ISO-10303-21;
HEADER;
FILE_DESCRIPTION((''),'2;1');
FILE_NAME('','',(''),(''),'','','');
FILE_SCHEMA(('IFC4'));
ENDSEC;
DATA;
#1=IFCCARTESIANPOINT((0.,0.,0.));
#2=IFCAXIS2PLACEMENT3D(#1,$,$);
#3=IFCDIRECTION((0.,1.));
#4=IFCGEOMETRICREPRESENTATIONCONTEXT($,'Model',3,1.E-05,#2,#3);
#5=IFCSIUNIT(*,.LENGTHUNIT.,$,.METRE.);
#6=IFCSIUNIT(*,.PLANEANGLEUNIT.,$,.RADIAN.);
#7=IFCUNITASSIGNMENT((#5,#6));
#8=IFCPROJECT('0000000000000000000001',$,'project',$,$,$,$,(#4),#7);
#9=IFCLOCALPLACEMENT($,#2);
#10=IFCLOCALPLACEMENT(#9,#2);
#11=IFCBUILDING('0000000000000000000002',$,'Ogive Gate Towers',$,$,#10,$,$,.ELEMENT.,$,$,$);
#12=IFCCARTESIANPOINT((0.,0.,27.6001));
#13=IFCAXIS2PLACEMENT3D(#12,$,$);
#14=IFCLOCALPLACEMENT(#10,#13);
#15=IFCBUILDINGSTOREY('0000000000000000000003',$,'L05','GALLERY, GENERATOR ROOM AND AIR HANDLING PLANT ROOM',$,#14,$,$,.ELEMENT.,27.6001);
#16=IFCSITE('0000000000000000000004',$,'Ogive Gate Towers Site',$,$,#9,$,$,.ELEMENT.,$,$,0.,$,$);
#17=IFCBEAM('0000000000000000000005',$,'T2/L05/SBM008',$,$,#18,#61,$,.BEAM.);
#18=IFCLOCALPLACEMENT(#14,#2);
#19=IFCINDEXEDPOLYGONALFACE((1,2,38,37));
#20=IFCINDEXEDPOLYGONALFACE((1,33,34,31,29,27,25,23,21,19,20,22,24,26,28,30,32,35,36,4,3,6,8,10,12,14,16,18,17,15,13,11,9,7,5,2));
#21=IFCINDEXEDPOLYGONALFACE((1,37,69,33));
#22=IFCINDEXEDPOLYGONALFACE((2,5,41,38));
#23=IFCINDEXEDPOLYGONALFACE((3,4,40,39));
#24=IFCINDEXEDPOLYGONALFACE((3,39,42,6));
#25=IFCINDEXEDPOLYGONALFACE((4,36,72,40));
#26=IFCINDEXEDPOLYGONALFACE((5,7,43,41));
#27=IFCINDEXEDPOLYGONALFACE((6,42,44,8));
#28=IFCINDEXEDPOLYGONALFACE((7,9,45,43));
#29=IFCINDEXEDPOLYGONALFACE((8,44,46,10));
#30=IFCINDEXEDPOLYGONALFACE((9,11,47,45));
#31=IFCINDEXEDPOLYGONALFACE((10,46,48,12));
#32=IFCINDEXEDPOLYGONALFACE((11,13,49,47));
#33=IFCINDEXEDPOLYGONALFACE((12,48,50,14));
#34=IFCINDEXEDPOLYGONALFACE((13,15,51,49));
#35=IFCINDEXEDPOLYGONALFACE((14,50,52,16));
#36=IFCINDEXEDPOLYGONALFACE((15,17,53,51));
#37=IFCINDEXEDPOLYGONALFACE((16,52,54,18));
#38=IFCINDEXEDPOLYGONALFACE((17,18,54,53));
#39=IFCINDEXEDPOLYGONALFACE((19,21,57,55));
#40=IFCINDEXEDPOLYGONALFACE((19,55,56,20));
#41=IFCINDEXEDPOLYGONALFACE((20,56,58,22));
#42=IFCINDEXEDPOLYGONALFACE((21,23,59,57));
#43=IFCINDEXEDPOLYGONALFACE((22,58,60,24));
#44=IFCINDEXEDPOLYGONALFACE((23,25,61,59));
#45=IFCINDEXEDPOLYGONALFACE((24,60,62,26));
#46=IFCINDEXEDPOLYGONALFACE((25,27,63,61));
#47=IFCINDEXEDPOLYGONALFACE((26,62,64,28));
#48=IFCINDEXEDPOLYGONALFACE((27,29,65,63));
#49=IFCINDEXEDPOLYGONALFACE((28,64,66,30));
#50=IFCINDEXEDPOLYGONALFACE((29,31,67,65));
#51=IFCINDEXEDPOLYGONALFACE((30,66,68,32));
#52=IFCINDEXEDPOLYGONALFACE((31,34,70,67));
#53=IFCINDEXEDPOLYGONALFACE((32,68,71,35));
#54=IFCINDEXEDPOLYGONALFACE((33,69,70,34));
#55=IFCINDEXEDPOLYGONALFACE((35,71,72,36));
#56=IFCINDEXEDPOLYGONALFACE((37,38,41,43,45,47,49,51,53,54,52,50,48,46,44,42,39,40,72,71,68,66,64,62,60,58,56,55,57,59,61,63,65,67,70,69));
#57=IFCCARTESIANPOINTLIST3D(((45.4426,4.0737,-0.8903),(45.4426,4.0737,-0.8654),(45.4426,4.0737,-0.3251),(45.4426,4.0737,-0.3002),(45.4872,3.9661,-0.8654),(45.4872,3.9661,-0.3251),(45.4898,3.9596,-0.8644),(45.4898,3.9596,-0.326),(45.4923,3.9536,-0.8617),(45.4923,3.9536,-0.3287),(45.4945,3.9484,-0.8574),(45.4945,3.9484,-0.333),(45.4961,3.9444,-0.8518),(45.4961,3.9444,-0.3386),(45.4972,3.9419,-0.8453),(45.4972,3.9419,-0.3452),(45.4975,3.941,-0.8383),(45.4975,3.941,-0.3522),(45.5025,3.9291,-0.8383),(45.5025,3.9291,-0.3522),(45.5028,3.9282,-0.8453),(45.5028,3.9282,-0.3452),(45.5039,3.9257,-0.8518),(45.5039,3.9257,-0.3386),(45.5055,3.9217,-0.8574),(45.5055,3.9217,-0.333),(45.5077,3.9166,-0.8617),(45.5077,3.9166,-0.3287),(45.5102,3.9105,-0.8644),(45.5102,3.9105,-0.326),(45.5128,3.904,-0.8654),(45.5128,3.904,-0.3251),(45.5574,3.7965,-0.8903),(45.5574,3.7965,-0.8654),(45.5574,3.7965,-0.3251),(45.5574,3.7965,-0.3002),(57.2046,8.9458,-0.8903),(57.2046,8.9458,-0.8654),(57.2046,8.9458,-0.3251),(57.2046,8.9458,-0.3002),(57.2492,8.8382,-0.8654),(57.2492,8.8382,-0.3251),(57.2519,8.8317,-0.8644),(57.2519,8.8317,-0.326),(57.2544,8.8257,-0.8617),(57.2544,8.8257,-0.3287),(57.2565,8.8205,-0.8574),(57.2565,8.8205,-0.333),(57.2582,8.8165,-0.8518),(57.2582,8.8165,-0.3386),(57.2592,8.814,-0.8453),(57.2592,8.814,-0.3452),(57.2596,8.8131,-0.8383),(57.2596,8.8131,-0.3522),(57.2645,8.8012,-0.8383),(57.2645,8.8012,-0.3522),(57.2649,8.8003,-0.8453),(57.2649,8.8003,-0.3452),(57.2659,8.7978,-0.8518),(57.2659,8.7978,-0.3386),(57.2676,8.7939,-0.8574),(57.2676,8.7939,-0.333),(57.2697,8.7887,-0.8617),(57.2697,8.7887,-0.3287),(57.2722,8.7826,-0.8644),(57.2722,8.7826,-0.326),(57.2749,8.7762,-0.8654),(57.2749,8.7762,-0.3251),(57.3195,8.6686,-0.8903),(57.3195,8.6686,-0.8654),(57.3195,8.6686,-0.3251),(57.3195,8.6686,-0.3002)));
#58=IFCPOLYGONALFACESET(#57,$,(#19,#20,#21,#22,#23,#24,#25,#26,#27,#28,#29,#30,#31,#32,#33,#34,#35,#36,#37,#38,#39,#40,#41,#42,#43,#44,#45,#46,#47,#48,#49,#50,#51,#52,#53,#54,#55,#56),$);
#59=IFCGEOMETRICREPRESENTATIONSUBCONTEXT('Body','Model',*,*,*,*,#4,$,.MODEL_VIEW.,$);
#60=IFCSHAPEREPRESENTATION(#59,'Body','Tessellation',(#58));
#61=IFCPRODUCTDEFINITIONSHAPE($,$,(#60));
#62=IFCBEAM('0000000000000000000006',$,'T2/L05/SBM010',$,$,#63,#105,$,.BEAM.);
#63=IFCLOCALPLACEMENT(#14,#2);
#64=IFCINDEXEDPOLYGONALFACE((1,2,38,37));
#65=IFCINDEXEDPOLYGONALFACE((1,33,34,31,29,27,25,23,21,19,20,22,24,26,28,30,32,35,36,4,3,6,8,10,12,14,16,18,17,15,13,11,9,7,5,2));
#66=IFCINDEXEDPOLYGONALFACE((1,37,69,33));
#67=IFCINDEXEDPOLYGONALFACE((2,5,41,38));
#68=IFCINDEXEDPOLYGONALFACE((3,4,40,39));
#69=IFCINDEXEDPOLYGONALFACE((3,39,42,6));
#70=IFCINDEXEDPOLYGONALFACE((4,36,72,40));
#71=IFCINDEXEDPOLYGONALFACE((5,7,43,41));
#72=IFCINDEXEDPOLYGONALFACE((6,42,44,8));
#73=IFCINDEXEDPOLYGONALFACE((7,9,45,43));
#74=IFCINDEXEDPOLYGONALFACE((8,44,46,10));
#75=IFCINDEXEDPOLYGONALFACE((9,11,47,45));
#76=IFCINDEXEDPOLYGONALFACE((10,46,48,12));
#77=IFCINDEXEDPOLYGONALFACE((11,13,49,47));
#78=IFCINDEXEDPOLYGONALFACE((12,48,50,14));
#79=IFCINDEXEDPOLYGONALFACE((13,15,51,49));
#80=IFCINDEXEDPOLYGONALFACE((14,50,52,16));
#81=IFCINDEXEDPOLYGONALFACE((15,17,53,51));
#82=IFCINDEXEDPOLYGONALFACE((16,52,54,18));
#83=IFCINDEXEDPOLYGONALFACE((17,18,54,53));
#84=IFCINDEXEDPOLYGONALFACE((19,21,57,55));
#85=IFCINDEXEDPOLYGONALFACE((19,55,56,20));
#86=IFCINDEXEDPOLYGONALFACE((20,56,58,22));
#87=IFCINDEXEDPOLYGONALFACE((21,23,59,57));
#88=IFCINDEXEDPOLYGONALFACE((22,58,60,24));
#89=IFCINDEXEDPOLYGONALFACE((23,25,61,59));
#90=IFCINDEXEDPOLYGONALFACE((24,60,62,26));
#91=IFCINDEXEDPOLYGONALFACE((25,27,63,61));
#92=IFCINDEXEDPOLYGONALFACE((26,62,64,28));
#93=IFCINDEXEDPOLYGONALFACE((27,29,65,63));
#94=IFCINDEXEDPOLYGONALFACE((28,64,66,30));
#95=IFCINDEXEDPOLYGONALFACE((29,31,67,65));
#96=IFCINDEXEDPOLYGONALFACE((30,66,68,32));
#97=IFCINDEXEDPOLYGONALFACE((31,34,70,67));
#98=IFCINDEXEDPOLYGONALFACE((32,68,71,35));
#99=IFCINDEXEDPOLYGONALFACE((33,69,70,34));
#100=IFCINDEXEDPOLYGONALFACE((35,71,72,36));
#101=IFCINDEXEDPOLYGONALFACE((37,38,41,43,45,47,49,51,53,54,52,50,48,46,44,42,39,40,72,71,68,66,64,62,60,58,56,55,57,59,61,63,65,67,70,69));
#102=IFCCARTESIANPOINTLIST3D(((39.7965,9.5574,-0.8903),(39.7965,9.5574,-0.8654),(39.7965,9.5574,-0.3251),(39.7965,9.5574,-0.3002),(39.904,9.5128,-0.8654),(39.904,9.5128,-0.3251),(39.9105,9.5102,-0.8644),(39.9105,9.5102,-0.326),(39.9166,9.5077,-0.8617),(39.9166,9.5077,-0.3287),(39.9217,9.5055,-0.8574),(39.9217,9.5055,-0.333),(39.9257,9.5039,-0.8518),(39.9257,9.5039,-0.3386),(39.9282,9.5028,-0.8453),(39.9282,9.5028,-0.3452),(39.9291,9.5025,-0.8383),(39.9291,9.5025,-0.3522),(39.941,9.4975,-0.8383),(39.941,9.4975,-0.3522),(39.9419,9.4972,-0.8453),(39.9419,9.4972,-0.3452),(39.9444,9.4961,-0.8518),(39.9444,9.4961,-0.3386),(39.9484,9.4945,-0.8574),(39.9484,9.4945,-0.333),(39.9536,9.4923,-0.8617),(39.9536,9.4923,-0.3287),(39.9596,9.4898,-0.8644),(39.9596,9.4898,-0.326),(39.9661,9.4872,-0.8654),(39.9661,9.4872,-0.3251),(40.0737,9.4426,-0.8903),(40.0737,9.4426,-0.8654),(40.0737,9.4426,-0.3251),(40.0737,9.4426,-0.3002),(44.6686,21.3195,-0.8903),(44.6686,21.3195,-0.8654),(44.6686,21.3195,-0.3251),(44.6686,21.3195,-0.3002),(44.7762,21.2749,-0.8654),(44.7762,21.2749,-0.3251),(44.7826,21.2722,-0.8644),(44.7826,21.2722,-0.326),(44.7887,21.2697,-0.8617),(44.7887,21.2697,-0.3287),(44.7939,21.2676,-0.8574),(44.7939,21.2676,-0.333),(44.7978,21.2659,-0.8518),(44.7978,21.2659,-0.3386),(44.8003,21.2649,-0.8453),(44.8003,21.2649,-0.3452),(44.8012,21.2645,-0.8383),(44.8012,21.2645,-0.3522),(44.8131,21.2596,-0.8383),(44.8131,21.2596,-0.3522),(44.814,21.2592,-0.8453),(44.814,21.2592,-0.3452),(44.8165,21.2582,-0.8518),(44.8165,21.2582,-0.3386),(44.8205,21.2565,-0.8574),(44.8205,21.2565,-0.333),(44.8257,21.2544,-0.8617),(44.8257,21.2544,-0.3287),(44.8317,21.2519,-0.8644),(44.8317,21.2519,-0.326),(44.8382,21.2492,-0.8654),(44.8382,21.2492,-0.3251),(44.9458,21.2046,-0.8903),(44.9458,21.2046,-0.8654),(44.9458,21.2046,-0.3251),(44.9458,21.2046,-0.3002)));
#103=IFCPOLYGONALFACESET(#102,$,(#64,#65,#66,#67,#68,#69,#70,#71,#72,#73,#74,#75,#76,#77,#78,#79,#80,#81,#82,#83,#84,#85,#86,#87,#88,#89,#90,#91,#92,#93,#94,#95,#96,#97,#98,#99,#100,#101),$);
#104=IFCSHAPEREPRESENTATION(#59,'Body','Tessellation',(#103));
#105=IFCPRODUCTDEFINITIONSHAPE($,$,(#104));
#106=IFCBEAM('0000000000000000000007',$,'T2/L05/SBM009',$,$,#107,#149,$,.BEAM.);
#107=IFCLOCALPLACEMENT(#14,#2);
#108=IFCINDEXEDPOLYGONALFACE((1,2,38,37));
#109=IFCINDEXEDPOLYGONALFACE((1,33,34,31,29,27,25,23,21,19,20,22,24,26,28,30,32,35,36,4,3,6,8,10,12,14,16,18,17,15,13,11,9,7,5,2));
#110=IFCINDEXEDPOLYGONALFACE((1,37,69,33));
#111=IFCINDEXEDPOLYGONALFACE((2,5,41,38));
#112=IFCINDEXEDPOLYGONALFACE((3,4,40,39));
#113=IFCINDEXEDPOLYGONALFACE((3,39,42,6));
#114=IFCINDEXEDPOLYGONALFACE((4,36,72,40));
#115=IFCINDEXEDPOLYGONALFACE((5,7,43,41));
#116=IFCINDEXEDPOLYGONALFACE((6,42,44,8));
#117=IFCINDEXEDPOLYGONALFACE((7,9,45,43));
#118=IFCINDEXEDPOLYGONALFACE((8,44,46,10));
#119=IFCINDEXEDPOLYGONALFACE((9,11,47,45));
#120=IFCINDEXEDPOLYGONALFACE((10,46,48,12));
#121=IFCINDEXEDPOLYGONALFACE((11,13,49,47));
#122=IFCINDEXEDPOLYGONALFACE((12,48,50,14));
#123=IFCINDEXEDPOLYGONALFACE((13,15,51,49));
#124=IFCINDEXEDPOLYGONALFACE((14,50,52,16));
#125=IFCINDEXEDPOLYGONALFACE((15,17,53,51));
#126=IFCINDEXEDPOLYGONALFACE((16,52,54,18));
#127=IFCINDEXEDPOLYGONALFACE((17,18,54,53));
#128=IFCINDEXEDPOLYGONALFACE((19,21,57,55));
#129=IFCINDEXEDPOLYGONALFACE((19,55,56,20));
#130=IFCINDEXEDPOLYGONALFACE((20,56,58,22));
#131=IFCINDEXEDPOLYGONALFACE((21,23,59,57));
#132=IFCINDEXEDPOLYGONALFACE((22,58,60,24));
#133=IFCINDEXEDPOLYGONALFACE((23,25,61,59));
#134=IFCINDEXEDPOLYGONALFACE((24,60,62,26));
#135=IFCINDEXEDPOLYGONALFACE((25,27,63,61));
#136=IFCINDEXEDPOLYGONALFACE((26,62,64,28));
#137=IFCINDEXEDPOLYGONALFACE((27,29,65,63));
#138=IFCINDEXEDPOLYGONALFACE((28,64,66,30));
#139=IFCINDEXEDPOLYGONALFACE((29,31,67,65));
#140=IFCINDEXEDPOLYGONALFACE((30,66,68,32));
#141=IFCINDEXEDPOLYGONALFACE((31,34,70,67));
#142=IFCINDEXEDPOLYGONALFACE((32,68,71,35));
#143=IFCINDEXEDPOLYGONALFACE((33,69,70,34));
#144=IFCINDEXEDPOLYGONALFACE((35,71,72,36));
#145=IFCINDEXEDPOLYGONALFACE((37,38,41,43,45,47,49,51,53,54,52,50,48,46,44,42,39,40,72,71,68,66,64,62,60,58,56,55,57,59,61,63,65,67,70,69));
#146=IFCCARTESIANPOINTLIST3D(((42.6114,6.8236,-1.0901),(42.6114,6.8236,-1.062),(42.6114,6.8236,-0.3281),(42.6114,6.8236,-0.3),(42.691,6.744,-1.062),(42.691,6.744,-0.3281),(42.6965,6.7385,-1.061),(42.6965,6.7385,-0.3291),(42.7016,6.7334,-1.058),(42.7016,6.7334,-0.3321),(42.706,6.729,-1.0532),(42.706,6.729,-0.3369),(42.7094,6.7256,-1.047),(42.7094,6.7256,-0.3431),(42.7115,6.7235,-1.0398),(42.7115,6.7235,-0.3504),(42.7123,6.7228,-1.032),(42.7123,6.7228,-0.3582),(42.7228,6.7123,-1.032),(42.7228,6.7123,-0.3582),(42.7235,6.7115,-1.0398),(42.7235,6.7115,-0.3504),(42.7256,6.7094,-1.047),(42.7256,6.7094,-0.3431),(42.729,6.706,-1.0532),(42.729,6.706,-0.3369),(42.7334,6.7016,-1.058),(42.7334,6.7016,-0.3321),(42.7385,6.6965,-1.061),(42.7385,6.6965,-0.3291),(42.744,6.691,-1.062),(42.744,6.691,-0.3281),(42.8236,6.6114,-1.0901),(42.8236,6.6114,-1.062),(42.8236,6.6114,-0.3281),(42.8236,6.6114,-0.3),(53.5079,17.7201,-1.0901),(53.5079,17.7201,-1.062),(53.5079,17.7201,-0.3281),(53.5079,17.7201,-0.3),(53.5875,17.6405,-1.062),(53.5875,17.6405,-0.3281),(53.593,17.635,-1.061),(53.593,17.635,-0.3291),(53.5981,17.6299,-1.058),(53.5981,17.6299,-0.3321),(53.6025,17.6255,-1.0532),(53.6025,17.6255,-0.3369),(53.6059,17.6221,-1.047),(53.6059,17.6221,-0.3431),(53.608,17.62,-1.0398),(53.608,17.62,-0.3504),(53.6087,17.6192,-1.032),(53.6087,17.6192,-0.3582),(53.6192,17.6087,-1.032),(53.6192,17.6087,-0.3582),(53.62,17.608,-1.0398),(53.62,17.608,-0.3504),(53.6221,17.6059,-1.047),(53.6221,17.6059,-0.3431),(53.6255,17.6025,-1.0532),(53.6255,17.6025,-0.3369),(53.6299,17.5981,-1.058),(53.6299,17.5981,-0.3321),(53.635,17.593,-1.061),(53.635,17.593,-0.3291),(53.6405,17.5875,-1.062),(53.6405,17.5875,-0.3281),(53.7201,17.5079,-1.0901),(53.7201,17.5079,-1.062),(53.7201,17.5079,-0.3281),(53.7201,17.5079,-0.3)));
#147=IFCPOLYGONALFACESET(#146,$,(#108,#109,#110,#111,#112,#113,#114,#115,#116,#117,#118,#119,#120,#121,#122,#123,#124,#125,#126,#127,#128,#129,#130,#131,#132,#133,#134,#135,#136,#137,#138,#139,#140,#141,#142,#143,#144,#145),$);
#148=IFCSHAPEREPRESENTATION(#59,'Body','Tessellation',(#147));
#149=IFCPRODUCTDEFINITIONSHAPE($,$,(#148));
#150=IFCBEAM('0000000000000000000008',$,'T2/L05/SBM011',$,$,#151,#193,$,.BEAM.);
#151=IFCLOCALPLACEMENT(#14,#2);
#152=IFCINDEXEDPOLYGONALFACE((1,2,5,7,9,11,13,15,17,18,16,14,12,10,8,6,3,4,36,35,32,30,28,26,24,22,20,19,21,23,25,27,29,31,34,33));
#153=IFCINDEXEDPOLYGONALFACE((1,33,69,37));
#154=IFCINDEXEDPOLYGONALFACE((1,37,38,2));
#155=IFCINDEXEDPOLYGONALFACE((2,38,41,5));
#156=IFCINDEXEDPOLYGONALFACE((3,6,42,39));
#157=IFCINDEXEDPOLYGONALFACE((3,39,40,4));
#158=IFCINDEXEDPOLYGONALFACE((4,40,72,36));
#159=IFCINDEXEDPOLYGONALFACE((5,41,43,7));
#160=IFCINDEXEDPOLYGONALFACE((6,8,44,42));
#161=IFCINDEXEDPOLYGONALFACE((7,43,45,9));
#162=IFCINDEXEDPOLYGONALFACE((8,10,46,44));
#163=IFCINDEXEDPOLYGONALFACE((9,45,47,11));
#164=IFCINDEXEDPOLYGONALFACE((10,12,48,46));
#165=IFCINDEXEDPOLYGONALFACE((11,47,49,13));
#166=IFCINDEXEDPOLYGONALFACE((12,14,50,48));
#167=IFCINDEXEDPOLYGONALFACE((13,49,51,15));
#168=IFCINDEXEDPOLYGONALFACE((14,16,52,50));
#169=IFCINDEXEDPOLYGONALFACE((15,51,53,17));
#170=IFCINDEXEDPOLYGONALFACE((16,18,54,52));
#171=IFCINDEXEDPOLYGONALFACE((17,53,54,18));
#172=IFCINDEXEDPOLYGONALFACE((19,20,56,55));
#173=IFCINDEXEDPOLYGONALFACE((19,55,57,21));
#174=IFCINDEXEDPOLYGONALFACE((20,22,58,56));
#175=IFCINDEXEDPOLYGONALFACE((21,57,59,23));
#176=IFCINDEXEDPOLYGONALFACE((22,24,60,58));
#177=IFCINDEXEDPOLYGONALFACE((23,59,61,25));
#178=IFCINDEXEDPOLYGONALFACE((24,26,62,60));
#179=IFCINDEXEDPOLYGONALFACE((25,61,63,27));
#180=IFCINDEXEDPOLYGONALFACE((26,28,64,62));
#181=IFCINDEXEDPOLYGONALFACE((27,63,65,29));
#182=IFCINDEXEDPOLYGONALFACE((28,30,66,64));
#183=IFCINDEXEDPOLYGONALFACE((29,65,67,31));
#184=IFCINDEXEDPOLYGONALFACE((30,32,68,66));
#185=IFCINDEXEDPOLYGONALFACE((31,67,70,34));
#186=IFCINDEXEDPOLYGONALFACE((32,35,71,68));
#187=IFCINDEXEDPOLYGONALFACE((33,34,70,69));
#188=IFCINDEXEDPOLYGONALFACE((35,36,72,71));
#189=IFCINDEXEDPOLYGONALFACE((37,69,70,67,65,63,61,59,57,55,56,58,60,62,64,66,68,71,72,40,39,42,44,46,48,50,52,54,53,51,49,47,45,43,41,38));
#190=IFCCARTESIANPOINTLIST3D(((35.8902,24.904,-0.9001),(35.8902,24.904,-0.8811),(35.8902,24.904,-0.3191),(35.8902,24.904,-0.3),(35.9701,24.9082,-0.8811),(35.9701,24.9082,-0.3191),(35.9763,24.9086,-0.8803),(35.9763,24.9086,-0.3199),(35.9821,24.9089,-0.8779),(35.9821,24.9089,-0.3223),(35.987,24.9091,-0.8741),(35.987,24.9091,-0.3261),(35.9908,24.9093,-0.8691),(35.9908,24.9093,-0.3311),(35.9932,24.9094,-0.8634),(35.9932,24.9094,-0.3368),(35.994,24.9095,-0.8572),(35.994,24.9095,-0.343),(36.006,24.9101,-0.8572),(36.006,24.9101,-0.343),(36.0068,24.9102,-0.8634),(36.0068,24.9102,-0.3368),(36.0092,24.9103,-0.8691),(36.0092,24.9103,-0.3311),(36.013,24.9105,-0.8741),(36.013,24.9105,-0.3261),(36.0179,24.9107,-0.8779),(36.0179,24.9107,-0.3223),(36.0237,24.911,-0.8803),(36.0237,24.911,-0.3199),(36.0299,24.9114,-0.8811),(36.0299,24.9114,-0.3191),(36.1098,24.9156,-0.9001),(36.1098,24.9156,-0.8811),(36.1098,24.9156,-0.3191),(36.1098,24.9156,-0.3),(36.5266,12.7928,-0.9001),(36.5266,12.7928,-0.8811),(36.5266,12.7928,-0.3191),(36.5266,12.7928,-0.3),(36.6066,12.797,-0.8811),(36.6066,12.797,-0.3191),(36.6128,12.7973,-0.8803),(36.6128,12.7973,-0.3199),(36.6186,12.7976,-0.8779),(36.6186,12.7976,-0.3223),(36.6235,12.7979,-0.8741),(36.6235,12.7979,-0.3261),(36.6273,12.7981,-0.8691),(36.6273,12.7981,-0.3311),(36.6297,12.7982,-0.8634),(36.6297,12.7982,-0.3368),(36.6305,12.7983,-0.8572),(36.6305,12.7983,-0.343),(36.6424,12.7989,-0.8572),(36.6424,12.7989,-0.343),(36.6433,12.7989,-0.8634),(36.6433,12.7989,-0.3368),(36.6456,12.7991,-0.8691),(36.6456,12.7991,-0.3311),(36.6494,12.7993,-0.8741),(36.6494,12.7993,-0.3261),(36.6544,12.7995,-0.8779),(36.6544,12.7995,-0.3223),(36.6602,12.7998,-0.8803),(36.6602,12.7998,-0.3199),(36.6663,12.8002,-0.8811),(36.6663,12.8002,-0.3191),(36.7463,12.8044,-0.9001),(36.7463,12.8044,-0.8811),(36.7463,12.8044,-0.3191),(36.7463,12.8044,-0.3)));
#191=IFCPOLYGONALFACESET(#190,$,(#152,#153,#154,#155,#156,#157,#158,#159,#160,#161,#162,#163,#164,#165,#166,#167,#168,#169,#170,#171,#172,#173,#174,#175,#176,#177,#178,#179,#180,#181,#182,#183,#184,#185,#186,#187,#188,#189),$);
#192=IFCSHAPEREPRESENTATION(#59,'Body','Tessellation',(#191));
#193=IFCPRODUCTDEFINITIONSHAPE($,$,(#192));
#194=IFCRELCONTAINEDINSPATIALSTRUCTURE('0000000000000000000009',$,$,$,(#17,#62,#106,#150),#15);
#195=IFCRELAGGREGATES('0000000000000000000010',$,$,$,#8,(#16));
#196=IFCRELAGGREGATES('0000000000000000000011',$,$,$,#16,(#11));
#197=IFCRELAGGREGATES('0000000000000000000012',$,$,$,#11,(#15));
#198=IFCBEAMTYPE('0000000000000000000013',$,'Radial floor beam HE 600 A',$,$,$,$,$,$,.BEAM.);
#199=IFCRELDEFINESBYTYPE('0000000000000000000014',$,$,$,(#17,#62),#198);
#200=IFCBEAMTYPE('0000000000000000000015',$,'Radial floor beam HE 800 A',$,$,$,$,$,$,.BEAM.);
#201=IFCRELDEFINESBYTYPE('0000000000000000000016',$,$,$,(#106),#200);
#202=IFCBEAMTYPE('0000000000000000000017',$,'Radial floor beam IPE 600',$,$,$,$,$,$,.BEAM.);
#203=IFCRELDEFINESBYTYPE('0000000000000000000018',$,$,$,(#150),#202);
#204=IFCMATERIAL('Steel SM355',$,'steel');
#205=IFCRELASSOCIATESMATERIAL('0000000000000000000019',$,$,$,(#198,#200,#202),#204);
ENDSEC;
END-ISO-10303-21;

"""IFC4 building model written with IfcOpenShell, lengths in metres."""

from ifc_helpers import new_model, si_unit, direction, frame, origin, origin_2d, place, context, subcontext, project, spatial, i_section, extrude, material, material_profile, profile_set, type_object, element, save


model = new_model("IFC4")

# Units and contexts
model_context = context("Model", 3, precision=1e-05, world=origin(), true_north=direction((0.0, 1.0)))
body_context = subcontext(model_context, "Body", "Model", "MODEL_VIEW")
ifc_project = project(units=[si_unit("LENGTHUNIT", "METRE"), si_unit("PLANEANGLEUNIT", "RADIAN")], contexts=[model_context])

# Site, building, storey
site_placement = place(None, origin())
site = spatial("IfcSite", under=ifc_project, at=site_placement, Name="Ogive Gate Towers Site", CompositionType="ELEMENT", RefElevation=0.0)
building_placement = place(site_placement, origin())
building = spatial("IfcBuilding", under=site, at=building_placement, Name="Ogive Gate Towers", CompositionType="ELEMENT")
storey_placement = place(building_placement, frame((0.0, 0.0, 27.6001)))
storey = spatial("IfcBuildingStorey", under=building, at=storey_placement, Name="L05", Description="GALLERY, GENERATOR ROOM AND AIR HANDLING PLANT ROOM", CompositionType="ELEMENT", Elevation=27.6001)

# Beams
ifc_material_1 = material(Name="Steel SM355", Category="steel")
ifc_material_profile_1 = material_profile(ifc_material_1, i_section(OverallWidth=0.3, OverallDepth=0.5901, WebThickness=0.0129, FlangeThickness=0.0249, FilletRadius=0.0271, at=origin_2d()), Name="HE 600 A")
ifc_profile_set_1 = profile_set([ifc_material_profile_1], Name="Steel SM355")
beam_type_1 = type_object("IfcBeamType", Name="Radial floor beam HE 600 A", PredefinedType="BEAM", material=ifc_profile_set_1)
for number, where, z_axis, x_axis, name in (
    (1, (45.5, 3.9351, -0.5952), (0.923877, 0.382691, 0.0), (-0.382691, 0.923877, 0.0), "T2/L05/SBM008"),
    (2, (39.9351, 9.5, -0.5952), (0.382691, 0.923877, 0.0), (-0.923877, 0.382691, 0.0), "T2/L05/SBM010"),
):
    element("IfcBeam", number, at=place(storey_placement, frame(where, z_axis=z_axis, x_axis=x_axis)), inside=storey, type_object=beam_type_1, Name=name, PredefinedType="BEAM", context=body_context, shape_type="SweptSolid", body=[
        extrude(i_section(OverallWidth=0.3, OverallDepth=0.5901, WebThickness=0.0129, FlangeThickness=0.0249, FilletRadius=0.0271, at=origin_2d()), origin(), (0.0, 0.0, 1.0), 12.7312),
    ])
ifc_material_profile_2 = material_profile(ifc_material_1, i_section(OverallWidth=0.3, OverallDepth=0.79, WebThickness=0.0149, FlangeThickness=0.0281, FilletRadius=0.03, at=origin_2d()), Name="HE 800 A")
ifc_profile_set_2 = profile_set([ifc_material_profile_2], Name="Steel SM355")
beam_type_2 = type_object("IfcBeamType", Name="Radial floor beam HE 800 A", PredefinedType="BEAM", material=ifc_profile_set_2)
beam_1_placement = place(storey_placement, frame((42.7175, 6.7175, -0.6951), z_axis=(0.707107, 0.707107, 0.0), x_axis=(-0.707107, 0.707107, 0.0)))
element("IfcBeam", 3, at=beam_1_placement, inside=storey, type_object=beam_type_2, Name="T2/L05/SBM009", PredefinedType="BEAM", context=body_context, shape_type="SweptSolid", body=[
    extrude(i_section(OverallWidth=0.3, OverallDepth=0.79, WebThickness=0.0149, FlangeThickness=0.0281, FilletRadius=0.03, at=origin_2d()), origin(), (0.0, 0.0, 1.0), 15.4099),
])
ifc_material_profile_3 = material_profile(ifc_material_1, i_section(OverallWidth=0.22, OverallDepth=0.6001, WebThickness=0.012, FlangeThickness=0.019, FilletRadius=0.0239, at=origin_2d()), Name="IPE 600")
ifc_profile_set_3 = profile_set([ifc_material_profile_3], Name="Steel SM355")
beam_type_3 = type_object("IfcBeamType", Name="Radial floor beam IPE 600", PredefinedType="BEAM", material=ifc_profile_set_3)
beam_2_placement = place(storey_placement, frame((36.6365, 12.7986, -0.6001), z_axis=(-0.05248, 0.998622, 0.0), x_axis=(-0.998622, -0.05248, 0.0)))
element("IfcBeam", 4, at=beam_2_placement, inside=storey, type_object=beam_type_3, Name="T2/L05/SBM011", PredefinedType="BEAM", context=body_context, shape_type="SweptSolid", body=[
    extrude(i_section(OverallWidth=0.22, OverallDepth=0.6001, WebThickness=0.012, FlangeThickness=0.019, FilletRadius=0.0239, at=origin_2d()), origin(), (0.0, 0.0, 1.0), 12.1279),
])

save(model, "model.ifc")
